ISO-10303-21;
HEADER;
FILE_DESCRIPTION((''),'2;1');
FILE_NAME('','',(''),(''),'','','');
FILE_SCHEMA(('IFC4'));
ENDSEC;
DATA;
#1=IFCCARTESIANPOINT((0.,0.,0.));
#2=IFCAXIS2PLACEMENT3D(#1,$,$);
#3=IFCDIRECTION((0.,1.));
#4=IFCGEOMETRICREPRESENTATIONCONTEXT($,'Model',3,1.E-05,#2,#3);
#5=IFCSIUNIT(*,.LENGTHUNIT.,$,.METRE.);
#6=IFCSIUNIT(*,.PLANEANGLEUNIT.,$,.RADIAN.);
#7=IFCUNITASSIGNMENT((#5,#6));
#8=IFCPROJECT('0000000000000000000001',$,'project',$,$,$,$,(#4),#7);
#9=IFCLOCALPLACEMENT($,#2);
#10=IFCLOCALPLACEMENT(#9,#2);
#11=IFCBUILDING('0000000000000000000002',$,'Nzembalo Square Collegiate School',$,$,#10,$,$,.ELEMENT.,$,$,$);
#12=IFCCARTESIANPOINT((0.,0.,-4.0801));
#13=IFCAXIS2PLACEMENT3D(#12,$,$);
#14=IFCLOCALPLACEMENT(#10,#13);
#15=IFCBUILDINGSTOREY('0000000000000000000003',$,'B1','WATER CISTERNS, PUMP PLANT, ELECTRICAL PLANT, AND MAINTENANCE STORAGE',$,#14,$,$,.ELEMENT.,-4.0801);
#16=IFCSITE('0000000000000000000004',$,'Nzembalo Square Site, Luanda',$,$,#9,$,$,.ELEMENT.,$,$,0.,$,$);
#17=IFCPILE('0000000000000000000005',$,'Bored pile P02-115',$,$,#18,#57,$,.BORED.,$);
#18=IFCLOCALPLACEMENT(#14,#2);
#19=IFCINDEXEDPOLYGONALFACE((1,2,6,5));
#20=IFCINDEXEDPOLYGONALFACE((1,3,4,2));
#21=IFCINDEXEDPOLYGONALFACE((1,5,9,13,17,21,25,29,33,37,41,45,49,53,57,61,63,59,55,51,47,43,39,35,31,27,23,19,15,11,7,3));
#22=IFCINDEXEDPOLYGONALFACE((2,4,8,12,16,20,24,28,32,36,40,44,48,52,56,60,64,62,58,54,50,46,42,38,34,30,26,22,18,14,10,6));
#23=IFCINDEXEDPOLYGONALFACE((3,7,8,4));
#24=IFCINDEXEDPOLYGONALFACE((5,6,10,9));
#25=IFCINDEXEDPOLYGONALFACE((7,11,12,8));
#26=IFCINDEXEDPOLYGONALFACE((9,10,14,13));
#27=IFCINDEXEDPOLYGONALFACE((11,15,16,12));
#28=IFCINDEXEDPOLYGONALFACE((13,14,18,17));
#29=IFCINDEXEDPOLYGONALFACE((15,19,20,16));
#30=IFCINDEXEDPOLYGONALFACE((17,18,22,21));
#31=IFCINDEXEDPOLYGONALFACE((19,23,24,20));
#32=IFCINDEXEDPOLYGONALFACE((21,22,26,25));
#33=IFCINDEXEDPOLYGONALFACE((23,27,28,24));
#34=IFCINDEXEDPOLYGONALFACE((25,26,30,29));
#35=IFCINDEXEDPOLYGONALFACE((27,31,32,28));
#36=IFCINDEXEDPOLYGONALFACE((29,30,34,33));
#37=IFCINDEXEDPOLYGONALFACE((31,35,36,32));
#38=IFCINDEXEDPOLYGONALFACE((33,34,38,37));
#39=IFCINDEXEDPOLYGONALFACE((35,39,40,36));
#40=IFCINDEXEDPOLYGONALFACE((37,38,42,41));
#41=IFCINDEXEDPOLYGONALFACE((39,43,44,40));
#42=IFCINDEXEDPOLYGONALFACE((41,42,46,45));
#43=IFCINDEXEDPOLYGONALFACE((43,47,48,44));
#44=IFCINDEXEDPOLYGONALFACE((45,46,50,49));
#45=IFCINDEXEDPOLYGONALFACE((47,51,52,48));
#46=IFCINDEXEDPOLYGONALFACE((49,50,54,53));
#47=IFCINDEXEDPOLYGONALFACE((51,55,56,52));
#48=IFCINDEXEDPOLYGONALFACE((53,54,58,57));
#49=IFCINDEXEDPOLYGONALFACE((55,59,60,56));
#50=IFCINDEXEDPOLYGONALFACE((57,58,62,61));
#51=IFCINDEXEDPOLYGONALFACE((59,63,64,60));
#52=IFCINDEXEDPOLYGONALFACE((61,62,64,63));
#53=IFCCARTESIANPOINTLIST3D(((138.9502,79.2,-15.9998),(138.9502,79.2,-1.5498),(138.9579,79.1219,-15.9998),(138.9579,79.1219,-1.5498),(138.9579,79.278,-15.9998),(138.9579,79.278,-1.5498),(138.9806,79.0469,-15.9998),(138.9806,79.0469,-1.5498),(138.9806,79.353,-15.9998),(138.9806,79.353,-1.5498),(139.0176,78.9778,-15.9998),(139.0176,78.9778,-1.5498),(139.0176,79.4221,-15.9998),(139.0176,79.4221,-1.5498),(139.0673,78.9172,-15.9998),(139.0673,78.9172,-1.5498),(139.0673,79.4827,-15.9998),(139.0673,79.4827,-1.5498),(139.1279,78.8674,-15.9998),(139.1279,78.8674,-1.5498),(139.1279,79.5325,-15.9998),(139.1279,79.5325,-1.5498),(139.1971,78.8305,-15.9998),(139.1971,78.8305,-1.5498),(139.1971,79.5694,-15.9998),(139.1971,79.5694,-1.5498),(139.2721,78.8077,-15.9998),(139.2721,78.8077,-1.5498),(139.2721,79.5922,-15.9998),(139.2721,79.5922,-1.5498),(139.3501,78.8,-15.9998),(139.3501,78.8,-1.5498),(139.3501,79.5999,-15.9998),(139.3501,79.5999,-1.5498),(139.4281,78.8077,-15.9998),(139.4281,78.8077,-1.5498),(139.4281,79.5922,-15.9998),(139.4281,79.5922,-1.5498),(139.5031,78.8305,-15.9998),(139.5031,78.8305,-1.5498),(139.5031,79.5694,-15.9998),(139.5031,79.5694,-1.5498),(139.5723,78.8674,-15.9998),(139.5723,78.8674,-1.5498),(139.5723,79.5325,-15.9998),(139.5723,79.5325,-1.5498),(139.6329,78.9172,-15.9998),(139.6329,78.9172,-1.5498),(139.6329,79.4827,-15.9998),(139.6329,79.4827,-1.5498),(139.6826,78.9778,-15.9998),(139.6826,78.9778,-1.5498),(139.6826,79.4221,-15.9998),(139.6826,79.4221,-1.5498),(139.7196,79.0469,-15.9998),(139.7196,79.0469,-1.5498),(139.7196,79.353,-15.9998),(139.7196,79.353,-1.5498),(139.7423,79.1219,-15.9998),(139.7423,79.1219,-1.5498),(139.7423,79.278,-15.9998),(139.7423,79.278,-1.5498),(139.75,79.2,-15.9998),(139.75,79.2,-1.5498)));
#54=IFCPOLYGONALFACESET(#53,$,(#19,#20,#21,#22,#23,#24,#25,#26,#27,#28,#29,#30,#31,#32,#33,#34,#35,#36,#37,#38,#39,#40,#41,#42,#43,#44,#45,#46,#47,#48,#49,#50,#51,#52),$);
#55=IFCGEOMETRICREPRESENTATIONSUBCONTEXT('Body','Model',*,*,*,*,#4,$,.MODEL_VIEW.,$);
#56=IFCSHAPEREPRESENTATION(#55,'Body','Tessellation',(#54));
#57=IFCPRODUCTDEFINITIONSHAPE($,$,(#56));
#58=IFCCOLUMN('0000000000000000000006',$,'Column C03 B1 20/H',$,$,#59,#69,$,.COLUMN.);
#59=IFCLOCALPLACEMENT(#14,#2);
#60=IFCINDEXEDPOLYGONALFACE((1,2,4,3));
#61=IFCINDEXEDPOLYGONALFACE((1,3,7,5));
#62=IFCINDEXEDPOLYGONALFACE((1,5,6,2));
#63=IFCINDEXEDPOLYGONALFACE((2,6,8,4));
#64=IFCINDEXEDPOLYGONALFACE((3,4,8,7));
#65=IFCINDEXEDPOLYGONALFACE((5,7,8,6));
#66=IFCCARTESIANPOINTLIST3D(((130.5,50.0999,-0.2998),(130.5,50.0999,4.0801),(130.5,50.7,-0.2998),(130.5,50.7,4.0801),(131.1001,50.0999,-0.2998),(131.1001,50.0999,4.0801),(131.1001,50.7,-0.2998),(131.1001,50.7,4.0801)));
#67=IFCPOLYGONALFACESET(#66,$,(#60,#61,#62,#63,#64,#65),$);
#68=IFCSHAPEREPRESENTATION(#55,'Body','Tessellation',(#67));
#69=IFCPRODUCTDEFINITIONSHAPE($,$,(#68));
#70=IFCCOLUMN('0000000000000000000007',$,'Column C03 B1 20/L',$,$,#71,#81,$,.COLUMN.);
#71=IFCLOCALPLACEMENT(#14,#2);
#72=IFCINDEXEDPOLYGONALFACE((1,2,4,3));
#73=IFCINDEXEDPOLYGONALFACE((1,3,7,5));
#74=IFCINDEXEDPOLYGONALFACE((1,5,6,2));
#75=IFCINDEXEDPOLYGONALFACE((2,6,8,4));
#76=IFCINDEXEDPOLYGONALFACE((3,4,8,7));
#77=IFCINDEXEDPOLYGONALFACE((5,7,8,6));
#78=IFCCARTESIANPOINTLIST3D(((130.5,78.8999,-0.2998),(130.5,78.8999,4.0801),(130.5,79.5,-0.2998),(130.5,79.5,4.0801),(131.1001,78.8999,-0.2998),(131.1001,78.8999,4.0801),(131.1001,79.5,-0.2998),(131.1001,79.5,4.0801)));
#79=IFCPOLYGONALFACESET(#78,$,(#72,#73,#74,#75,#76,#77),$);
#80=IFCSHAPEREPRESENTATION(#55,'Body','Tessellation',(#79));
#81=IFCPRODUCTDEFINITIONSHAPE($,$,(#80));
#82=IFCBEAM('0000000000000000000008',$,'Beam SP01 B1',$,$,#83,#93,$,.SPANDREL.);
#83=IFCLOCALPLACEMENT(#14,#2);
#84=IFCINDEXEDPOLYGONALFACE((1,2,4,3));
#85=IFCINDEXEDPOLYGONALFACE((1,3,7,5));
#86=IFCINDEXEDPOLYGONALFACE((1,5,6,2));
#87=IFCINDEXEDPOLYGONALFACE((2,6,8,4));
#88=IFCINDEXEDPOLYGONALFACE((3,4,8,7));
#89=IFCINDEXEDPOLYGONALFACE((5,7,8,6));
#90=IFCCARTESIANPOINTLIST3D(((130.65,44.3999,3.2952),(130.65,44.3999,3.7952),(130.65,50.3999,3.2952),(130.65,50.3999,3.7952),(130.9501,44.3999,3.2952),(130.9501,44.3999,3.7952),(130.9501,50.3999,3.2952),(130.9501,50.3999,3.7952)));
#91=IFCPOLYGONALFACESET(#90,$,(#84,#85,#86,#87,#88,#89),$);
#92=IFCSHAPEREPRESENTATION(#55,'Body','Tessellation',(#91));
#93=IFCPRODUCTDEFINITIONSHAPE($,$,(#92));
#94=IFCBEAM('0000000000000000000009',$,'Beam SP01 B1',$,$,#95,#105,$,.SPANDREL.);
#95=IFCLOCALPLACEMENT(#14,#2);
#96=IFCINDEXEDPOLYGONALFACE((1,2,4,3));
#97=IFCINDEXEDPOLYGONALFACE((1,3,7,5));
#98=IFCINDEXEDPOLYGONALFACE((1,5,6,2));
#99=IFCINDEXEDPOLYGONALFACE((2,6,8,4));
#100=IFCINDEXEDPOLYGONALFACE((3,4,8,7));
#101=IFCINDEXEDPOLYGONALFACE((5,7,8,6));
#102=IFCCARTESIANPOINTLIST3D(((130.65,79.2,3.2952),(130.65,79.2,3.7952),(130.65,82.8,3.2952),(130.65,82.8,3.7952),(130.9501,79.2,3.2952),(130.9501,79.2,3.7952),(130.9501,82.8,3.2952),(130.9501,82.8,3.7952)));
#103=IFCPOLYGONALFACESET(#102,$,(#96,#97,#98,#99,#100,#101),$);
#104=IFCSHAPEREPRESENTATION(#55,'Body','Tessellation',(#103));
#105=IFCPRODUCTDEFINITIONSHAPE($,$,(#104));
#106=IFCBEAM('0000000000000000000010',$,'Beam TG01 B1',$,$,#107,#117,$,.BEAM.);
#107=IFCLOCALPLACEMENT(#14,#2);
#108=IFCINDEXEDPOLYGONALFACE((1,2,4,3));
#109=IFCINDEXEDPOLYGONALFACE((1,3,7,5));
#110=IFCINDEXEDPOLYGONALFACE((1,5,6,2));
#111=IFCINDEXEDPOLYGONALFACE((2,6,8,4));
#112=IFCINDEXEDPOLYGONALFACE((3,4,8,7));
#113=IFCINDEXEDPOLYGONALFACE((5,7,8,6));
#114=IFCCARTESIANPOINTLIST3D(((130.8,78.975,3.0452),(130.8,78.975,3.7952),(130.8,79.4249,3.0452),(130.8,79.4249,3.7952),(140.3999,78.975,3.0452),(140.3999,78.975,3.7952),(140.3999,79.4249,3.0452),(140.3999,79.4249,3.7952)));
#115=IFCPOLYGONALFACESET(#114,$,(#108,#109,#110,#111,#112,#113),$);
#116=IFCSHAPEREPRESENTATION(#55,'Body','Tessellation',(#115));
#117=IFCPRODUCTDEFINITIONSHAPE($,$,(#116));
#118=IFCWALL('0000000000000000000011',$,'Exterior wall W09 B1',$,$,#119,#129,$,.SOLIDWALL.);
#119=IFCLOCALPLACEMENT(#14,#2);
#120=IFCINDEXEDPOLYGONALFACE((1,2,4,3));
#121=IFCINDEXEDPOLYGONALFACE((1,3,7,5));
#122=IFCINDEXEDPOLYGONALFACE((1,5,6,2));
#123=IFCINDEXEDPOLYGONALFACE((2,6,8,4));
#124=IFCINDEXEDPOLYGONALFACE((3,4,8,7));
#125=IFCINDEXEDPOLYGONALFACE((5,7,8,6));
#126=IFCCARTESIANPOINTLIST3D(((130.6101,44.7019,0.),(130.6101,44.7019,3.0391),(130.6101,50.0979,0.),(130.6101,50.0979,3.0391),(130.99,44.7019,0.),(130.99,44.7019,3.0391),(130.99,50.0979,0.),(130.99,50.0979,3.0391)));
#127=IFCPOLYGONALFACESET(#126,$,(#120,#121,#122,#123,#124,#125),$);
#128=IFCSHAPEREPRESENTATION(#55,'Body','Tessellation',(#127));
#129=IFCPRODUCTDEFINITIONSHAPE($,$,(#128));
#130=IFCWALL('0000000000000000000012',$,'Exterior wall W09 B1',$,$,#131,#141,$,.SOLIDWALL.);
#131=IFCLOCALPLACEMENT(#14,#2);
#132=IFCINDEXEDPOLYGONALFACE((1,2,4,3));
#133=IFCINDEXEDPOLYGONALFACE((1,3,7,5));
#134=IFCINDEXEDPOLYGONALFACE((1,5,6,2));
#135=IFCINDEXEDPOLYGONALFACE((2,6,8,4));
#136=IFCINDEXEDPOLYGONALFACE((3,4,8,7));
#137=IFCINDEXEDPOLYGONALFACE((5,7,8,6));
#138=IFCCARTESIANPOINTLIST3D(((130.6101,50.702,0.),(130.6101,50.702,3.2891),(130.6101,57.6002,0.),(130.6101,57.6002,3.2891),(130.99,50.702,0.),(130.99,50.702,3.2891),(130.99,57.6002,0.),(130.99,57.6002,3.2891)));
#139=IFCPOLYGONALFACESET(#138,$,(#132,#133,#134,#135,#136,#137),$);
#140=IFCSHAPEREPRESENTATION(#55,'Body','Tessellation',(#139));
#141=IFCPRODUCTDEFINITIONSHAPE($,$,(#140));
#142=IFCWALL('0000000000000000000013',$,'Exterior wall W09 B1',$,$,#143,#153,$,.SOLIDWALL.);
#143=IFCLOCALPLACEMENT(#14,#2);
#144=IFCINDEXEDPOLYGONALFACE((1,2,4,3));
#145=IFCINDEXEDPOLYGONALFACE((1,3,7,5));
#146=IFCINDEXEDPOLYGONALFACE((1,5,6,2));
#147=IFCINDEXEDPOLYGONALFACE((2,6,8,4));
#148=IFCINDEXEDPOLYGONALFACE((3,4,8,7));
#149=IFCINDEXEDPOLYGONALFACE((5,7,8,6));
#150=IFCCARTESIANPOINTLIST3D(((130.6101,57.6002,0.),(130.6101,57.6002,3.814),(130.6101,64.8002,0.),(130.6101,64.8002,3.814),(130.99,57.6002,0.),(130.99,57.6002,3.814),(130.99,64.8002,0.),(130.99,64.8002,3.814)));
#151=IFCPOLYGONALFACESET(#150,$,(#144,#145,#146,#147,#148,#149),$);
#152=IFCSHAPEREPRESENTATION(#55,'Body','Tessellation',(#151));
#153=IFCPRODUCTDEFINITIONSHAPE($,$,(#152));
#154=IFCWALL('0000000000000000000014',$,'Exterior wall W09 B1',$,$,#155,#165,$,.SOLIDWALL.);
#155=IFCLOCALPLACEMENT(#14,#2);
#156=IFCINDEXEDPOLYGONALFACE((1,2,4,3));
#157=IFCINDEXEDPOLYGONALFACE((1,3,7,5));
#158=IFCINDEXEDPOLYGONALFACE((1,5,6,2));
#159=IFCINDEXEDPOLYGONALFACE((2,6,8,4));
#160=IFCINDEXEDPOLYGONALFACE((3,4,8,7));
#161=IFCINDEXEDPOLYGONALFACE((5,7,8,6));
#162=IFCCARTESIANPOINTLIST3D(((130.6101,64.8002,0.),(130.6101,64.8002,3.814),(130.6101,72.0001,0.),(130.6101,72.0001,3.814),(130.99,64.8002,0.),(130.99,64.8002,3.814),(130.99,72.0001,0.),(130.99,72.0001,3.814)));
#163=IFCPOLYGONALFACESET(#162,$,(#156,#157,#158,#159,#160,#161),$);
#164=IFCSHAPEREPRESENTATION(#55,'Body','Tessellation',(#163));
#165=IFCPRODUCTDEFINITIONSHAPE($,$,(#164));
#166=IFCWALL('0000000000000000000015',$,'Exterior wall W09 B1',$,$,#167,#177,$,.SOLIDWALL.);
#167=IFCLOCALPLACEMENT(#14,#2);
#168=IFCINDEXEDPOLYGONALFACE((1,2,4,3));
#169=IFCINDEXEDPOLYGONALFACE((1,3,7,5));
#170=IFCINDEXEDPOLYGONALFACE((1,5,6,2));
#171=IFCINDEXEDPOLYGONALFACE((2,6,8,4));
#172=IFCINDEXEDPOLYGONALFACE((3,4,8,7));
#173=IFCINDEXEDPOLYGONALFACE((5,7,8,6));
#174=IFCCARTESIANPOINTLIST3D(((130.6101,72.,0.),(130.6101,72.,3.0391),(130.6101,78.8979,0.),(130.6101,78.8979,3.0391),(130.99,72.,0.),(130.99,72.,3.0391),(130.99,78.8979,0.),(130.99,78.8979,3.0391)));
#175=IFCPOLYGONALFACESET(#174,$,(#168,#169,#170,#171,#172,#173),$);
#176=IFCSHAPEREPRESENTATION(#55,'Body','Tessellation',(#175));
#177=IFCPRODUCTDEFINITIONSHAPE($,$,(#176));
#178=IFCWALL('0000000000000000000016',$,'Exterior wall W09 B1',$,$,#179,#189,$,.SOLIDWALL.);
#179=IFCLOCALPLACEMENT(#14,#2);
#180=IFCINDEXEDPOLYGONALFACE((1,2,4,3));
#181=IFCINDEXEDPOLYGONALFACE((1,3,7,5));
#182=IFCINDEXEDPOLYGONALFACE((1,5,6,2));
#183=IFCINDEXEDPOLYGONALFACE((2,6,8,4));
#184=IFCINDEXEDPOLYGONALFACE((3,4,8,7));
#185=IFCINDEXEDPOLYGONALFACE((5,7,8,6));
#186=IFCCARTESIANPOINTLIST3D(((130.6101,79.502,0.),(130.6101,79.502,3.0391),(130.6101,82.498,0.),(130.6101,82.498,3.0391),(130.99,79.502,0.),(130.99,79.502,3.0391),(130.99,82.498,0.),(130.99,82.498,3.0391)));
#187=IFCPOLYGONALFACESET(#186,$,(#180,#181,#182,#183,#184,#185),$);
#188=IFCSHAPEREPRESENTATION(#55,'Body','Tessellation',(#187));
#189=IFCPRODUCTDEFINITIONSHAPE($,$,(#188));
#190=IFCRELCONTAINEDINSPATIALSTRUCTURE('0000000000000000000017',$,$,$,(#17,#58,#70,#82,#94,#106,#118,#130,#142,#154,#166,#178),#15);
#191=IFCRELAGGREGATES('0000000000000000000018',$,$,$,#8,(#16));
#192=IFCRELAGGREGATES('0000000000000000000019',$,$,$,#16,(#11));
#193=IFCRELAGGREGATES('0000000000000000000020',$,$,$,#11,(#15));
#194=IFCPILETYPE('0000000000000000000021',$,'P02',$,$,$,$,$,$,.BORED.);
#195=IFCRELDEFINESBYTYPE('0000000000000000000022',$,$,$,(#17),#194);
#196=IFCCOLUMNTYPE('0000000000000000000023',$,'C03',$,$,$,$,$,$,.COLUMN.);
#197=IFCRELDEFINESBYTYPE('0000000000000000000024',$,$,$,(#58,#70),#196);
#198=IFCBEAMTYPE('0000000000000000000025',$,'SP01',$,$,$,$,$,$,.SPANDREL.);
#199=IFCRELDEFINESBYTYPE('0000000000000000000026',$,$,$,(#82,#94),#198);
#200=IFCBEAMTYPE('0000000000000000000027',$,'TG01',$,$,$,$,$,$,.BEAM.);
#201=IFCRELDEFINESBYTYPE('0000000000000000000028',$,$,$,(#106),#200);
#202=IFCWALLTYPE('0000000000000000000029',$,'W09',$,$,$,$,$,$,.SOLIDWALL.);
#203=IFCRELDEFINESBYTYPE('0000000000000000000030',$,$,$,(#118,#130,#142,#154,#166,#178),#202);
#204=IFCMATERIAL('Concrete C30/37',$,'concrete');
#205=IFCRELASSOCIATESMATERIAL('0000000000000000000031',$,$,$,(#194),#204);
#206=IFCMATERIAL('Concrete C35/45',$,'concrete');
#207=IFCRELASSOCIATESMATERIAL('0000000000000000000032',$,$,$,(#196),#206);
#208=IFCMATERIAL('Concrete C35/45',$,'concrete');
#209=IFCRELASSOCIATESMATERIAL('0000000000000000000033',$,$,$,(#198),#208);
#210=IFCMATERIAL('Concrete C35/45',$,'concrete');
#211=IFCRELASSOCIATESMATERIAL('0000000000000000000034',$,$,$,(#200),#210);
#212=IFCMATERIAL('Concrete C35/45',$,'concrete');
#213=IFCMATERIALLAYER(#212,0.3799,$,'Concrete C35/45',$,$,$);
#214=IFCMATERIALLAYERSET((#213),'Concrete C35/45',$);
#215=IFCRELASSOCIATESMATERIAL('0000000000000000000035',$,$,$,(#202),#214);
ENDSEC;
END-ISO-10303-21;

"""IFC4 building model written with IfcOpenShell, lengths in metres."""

from ifc_helpers import new_model, si_unit, direction, frame, frame_2d, origin, origin_2d, place, context, subcontext, project, spatial, rectangle, circle, extrude, material, layer, layer_set, material_profile, profile_set, type_object, element, save


model = new_model("IFC4")

# Units and contexts
model_context = context("Model", 3, precision=1e-05, world=origin(), true_north=direction((0.0, 1.0)))
body_context = subcontext(model_context, "Body", "Model", "MODEL_VIEW")
ifc_project = project(units=[si_unit("LENGTHUNIT", "METRE"), si_unit("PLANEANGLEUNIT", "RADIAN")], contexts=[model_context])

# Site, building, storey
site_placement = place(None, origin())
site = spatial("IfcSite", under=ifc_project, at=site_placement, Name="Nzembalo Square Site, Luanda", CompositionType="ELEMENT", RefElevation=0.0)
building_placement = place(site_placement, origin())
building = spatial("IfcBuilding", under=site, at=building_placement, Name="Nzembalo Square Collegiate School", CompositionType="ELEMENT")
storey_placement = place(building_placement, frame((0.0, 0.0, -4.0801)))
storey = spatial("IfcBuildingStorey", under=building, at=storey_placement, Name="B1", Description="WATER CISTERNS, PUMP PLANT, ELECTRICAL PLANT, AND MAINTENANCE STORAGE", CompositionType="ELEMENT", Elevation=-4.0801)

# Pile
ifc_material_1 = material(Name="Concrete C30/37", Category="concrete")
ifc_material_profile_1 = material_profile(ifc_material_1, circle(Radius=0.3999, at=origin_2d()), Name="PILE D800")
ifc_profile_set_1 = profile_set([ifc_material_profile_1], Name="Concrete C30/37")
pile_type_1 = type_object("IfcPileType", Name="P02", PredefinedType="BORED", material=ifc_profile_set_1)
for number, where, z_axis, x_axis, name in (
    (1, (139.3501, 79.2, -1.5498), (0.0, 0.0, -1.0), (1.0, 0.0, 0.0), "Bored pile P02-115"),
):
    element("IfcPile", number, at=place(storey_placement, frame(where, z_axis=z_axis, x_axis=x_axis)), inside=storey, type_object=pile_type_1, Name=name, PredefinedType="BORED", context=body_context, shape_type="SweptSolid", body=[
        extrude(circle(Radius=0.3999, at=origin_2d()), origin(), (0.0, 0.0, 1.0), 14.45),
    ])

# Columns
ifc_material_2 = material(Name="Concrete C35/45", Category="concrete")
ifc_material_profile_2 = material_profile(ifc_material_2, rectangle(XDim=0.6001, YDim=0.6001, at=origin_2d()), Name="RC 600x600")
ifc_profile_set_2 = profile_set([ifc_material_profile_2], Name="Concrete C35/45")
column_type = type_object("IfcColumnType", Name="C03", PredefinedType="COLUMN", material=ifc_profile_set_2)
for number, where, z_axis, x_axis, name in (
    (2, (130.8, 50.3999, -0.2998), (0.0, 0.0, 1.0), (1.0, 0.0, 0.0), "Column C03 B1 20/H"),
    (3, (130.8, 79.2, -0.2998), (0.0, 0.0, 1.0), (1.0, 0.0, 0.0), "Column C03 B1 20/L"),
):
    element("IfcColumn", number, at=place(storey_placement, frame(where, z_axis=z_axis, x_axis=x_axis)), inside=storey, type_object=column_type, Name=name, PredefinedType="COLUMN", context=body_context, shape_type="SweptSolid", body=[
        extrude(rectangle(XDim=0.6001, YDim=0.6001, at=origin_2d()), origin(), (0.0, 0.0, 1.0), 4.3799),
    ])

# Beams
ifc_material_3 = material(Name="Concrete C35/45", Category="concrete")
ifc_material_profile_3 = material_profile(ifc_material_3, rectangle(XDim=0.3, YDim=0.5, at=origin_2d()), Name="RC 300x500")
ifc_profile_set_3 = profile_set([ifc_material_profile_3], Name="Concrete C35/45")
beam_type_1 = type_object("IfcBeamType", Name="SP01", PredefinedType="SPANDREL", material=ifc_profile_set_3)
beam_1_placement = place(storey_placement, frame((130.8, 44.3999, 3.5452), z_axis=(0.0, 1.0, 0.0), x_axis=(-1.0, 0.0, 0.0)))
element("IfcBeam", 4, at=beam_1_placement, inside=storey, type_object=beam_type_1, Name="Beam SP01 B1", PredefinedType="SPANDREL", context=body_context, shape_type="SweptSolid", body=[
    extrude(rectangle(XDim=0.3, YDim=0.5, at=origin_2d()), origin(), (0.0, 0.0, 1.0), 6.0),
])
beam_2_placement = place(storey_placement, frame((130.8, 79.2, 3.5452), z_axis=(0.0, 1.0, 0.0), x_axis=(-1.0, 0.0, 0.0)))
element("IfcBeam", 5, at=beam_2_placement, inside=storey, type_object=beam_type_1, Name="Beam SP01 B1", PredefinedType="SPANDREL", context=body_context, shape_type="SweptSolid", body=[
    extrude(rectangle(XDim=0.3, YDim=0.5, at=origin_2d()), origin(), (0.0, 0.0, 1.0), 3.6001),
])
ifc_material_4 = material(Name="Concrete C35/45", Category="concrete")
ifc_material_profile_4 = material_profile(ifc_material_4, rectangle(XDim=0.45, YDim=0.75, at=origin_2d()), Name="RC 450x750")
ifc_profile_set_4 = profile_set([ifc_material_profile_4], Name="Concrete C35/45")
beam_type_2 = type_object("IfcBeamType", Name="TG01", PredefinedType="BEAM", material=ifc_profile_set_4)
beam_3_placement = place(storey_placement, frame((130.8, 79.2, 3.4202), z_axis=(1.0, 0.0, 0.0), x_axis=(0.0, 1.0, 0.0)))
element("IfcBeam", 6, at=beam_3_placement, inside=storey, type_object=beam_type_2, Name="Beam TG01 B1", PredefinedType="BEAM", context=body_context, shape_type="SweptSolid", body=[
    extrude(rectangle(XDim=0.45, YDim=0.75, at=origin_2d()), origin(), (0.0, 0.0, 1.0), 9.5999),
])

# Walls
ifc_material_5 = material(Name="Concrete C35/45", Category="concrete")
ifc_layer_1 = layer(ifc_material_5, 0.3799, Name="Concrete C35/45")
ifc_layer_set_1 = layer_set([ifc_layer_1], Name="Concrete C35/45")
wall_type_1 = type_object("IfcWallType", Name="W09", PredefinedType="SOLIDWALL", material=ifc_layer_set_1)
wall_1_placement = place(storey_placement, frame((130.8, 44.7019, 0.0), z_axis=(0.0, 0.0, 1.0), x_axis=(0.0, 1.0, 0.0)))
element("IfcWall", 7, at=wall_1_placement, inside=storey, type_object=wall_type_1, Name="Exterior wall W09 B1", PredefinedType="SOLIDWALL", context=body_context, shape_type="SweptSolid", body=[
    extrude(rectangle(XDim=5.396, YDim=0.3799, at=frame_2d((2.698, 0.0))), origin(), (0.0, 0.0, 1.0), 3.0391),
])
wall_2_placement = place(storey_placement, frame((130.8, 50.7019, 0.0), z_axis=(0.0, 0.0, 1.0), x_axis=(0.0, 1.0, 0.0)))
element("IfcWall", 8, at=wall_2_placement, inside=storey, type_object=wall_type_1, Name="Exterior wall W09 B1", PredefinedType="SOLIDWALL", context=body_context, shape_type="SweptSolid", body=[
    extrude(rectangle(XDim=6.8982, YDim=0.3799, at=frame_2d((3.4492, 0.0))), origin(), (0.0, 0.0, 1.0), 3.2891),
])
for number, where, z_axis, x_axis, name in (
    (9, (130.8, 57.6001, 0.0), (0.0, 0.0, 1.0), (0.0, 1.0, 0.0), "Exterior wall W09 B1"),
    (10, (130.8, 64.8, 0.0), (0.0, 0.0, 1.0), (0.0, 1.0, 0.0), "Exterior wall W09 B1"),
):
    element("IfcWall", number, at=place(storey_placement, frame(where, z_axis=z_axis, x_axis=x_axis)), inside=storey, type_object=wall_type_1, Name=name, PredefinedType="SOLIDWALL", context=body_context, shape_type="SweptSolid", body=[
        extrude(rectangle(XDim=7.2, YDim=0.3799, at=frame_2d((3.6001, 0.0))), origin(), (0.0, 0.0, 1.0), 3.814),
    ])
wall_3_placement = place(storey_placement, frame((130.8, 72.0, 0.0), z_axis=(0.0, 0.0, 1.0), x_axis=(0.0, 1.0, 0.0)))
element("IfcWall", 11, at=wall_3_placement, inside=storey, type_object=wall_type_1, Name="Exterior wall W09 B1", PredefinedType="SOLIDWALL", context=body_context, shape_type="SweptSolid", body=[
    extrude(rectangle(XDim=6.8979, YDim=0.3799, at=frame_2d((3.449, 0.0))), origin(), (0.0, 0.0, 1.0), 3.0391),
])
wall_4_placement = place(storey_placement, frame((130.8, 79.502, 0.0), z_axis=(0.0, 0.0, 1.0), x_axis=(0.0, 1.0, 0.0)))
element("IfcWall", 12, at=wall_4_placement, inside=storey, type_object=wall_type_1, Name="Exterior wall W09 B1", PredefinedType="SOLIDWALL", context=body_context, shape_type="SweptSolid", body=[
    extrude(rectangle(XDim=2.9961, YDim=0.3799, at=frame_2d((1.498, 0.0))), origin(), (0.0, 0.0, 1.0), 3.0391),
])

save(model, "model.ifc")
